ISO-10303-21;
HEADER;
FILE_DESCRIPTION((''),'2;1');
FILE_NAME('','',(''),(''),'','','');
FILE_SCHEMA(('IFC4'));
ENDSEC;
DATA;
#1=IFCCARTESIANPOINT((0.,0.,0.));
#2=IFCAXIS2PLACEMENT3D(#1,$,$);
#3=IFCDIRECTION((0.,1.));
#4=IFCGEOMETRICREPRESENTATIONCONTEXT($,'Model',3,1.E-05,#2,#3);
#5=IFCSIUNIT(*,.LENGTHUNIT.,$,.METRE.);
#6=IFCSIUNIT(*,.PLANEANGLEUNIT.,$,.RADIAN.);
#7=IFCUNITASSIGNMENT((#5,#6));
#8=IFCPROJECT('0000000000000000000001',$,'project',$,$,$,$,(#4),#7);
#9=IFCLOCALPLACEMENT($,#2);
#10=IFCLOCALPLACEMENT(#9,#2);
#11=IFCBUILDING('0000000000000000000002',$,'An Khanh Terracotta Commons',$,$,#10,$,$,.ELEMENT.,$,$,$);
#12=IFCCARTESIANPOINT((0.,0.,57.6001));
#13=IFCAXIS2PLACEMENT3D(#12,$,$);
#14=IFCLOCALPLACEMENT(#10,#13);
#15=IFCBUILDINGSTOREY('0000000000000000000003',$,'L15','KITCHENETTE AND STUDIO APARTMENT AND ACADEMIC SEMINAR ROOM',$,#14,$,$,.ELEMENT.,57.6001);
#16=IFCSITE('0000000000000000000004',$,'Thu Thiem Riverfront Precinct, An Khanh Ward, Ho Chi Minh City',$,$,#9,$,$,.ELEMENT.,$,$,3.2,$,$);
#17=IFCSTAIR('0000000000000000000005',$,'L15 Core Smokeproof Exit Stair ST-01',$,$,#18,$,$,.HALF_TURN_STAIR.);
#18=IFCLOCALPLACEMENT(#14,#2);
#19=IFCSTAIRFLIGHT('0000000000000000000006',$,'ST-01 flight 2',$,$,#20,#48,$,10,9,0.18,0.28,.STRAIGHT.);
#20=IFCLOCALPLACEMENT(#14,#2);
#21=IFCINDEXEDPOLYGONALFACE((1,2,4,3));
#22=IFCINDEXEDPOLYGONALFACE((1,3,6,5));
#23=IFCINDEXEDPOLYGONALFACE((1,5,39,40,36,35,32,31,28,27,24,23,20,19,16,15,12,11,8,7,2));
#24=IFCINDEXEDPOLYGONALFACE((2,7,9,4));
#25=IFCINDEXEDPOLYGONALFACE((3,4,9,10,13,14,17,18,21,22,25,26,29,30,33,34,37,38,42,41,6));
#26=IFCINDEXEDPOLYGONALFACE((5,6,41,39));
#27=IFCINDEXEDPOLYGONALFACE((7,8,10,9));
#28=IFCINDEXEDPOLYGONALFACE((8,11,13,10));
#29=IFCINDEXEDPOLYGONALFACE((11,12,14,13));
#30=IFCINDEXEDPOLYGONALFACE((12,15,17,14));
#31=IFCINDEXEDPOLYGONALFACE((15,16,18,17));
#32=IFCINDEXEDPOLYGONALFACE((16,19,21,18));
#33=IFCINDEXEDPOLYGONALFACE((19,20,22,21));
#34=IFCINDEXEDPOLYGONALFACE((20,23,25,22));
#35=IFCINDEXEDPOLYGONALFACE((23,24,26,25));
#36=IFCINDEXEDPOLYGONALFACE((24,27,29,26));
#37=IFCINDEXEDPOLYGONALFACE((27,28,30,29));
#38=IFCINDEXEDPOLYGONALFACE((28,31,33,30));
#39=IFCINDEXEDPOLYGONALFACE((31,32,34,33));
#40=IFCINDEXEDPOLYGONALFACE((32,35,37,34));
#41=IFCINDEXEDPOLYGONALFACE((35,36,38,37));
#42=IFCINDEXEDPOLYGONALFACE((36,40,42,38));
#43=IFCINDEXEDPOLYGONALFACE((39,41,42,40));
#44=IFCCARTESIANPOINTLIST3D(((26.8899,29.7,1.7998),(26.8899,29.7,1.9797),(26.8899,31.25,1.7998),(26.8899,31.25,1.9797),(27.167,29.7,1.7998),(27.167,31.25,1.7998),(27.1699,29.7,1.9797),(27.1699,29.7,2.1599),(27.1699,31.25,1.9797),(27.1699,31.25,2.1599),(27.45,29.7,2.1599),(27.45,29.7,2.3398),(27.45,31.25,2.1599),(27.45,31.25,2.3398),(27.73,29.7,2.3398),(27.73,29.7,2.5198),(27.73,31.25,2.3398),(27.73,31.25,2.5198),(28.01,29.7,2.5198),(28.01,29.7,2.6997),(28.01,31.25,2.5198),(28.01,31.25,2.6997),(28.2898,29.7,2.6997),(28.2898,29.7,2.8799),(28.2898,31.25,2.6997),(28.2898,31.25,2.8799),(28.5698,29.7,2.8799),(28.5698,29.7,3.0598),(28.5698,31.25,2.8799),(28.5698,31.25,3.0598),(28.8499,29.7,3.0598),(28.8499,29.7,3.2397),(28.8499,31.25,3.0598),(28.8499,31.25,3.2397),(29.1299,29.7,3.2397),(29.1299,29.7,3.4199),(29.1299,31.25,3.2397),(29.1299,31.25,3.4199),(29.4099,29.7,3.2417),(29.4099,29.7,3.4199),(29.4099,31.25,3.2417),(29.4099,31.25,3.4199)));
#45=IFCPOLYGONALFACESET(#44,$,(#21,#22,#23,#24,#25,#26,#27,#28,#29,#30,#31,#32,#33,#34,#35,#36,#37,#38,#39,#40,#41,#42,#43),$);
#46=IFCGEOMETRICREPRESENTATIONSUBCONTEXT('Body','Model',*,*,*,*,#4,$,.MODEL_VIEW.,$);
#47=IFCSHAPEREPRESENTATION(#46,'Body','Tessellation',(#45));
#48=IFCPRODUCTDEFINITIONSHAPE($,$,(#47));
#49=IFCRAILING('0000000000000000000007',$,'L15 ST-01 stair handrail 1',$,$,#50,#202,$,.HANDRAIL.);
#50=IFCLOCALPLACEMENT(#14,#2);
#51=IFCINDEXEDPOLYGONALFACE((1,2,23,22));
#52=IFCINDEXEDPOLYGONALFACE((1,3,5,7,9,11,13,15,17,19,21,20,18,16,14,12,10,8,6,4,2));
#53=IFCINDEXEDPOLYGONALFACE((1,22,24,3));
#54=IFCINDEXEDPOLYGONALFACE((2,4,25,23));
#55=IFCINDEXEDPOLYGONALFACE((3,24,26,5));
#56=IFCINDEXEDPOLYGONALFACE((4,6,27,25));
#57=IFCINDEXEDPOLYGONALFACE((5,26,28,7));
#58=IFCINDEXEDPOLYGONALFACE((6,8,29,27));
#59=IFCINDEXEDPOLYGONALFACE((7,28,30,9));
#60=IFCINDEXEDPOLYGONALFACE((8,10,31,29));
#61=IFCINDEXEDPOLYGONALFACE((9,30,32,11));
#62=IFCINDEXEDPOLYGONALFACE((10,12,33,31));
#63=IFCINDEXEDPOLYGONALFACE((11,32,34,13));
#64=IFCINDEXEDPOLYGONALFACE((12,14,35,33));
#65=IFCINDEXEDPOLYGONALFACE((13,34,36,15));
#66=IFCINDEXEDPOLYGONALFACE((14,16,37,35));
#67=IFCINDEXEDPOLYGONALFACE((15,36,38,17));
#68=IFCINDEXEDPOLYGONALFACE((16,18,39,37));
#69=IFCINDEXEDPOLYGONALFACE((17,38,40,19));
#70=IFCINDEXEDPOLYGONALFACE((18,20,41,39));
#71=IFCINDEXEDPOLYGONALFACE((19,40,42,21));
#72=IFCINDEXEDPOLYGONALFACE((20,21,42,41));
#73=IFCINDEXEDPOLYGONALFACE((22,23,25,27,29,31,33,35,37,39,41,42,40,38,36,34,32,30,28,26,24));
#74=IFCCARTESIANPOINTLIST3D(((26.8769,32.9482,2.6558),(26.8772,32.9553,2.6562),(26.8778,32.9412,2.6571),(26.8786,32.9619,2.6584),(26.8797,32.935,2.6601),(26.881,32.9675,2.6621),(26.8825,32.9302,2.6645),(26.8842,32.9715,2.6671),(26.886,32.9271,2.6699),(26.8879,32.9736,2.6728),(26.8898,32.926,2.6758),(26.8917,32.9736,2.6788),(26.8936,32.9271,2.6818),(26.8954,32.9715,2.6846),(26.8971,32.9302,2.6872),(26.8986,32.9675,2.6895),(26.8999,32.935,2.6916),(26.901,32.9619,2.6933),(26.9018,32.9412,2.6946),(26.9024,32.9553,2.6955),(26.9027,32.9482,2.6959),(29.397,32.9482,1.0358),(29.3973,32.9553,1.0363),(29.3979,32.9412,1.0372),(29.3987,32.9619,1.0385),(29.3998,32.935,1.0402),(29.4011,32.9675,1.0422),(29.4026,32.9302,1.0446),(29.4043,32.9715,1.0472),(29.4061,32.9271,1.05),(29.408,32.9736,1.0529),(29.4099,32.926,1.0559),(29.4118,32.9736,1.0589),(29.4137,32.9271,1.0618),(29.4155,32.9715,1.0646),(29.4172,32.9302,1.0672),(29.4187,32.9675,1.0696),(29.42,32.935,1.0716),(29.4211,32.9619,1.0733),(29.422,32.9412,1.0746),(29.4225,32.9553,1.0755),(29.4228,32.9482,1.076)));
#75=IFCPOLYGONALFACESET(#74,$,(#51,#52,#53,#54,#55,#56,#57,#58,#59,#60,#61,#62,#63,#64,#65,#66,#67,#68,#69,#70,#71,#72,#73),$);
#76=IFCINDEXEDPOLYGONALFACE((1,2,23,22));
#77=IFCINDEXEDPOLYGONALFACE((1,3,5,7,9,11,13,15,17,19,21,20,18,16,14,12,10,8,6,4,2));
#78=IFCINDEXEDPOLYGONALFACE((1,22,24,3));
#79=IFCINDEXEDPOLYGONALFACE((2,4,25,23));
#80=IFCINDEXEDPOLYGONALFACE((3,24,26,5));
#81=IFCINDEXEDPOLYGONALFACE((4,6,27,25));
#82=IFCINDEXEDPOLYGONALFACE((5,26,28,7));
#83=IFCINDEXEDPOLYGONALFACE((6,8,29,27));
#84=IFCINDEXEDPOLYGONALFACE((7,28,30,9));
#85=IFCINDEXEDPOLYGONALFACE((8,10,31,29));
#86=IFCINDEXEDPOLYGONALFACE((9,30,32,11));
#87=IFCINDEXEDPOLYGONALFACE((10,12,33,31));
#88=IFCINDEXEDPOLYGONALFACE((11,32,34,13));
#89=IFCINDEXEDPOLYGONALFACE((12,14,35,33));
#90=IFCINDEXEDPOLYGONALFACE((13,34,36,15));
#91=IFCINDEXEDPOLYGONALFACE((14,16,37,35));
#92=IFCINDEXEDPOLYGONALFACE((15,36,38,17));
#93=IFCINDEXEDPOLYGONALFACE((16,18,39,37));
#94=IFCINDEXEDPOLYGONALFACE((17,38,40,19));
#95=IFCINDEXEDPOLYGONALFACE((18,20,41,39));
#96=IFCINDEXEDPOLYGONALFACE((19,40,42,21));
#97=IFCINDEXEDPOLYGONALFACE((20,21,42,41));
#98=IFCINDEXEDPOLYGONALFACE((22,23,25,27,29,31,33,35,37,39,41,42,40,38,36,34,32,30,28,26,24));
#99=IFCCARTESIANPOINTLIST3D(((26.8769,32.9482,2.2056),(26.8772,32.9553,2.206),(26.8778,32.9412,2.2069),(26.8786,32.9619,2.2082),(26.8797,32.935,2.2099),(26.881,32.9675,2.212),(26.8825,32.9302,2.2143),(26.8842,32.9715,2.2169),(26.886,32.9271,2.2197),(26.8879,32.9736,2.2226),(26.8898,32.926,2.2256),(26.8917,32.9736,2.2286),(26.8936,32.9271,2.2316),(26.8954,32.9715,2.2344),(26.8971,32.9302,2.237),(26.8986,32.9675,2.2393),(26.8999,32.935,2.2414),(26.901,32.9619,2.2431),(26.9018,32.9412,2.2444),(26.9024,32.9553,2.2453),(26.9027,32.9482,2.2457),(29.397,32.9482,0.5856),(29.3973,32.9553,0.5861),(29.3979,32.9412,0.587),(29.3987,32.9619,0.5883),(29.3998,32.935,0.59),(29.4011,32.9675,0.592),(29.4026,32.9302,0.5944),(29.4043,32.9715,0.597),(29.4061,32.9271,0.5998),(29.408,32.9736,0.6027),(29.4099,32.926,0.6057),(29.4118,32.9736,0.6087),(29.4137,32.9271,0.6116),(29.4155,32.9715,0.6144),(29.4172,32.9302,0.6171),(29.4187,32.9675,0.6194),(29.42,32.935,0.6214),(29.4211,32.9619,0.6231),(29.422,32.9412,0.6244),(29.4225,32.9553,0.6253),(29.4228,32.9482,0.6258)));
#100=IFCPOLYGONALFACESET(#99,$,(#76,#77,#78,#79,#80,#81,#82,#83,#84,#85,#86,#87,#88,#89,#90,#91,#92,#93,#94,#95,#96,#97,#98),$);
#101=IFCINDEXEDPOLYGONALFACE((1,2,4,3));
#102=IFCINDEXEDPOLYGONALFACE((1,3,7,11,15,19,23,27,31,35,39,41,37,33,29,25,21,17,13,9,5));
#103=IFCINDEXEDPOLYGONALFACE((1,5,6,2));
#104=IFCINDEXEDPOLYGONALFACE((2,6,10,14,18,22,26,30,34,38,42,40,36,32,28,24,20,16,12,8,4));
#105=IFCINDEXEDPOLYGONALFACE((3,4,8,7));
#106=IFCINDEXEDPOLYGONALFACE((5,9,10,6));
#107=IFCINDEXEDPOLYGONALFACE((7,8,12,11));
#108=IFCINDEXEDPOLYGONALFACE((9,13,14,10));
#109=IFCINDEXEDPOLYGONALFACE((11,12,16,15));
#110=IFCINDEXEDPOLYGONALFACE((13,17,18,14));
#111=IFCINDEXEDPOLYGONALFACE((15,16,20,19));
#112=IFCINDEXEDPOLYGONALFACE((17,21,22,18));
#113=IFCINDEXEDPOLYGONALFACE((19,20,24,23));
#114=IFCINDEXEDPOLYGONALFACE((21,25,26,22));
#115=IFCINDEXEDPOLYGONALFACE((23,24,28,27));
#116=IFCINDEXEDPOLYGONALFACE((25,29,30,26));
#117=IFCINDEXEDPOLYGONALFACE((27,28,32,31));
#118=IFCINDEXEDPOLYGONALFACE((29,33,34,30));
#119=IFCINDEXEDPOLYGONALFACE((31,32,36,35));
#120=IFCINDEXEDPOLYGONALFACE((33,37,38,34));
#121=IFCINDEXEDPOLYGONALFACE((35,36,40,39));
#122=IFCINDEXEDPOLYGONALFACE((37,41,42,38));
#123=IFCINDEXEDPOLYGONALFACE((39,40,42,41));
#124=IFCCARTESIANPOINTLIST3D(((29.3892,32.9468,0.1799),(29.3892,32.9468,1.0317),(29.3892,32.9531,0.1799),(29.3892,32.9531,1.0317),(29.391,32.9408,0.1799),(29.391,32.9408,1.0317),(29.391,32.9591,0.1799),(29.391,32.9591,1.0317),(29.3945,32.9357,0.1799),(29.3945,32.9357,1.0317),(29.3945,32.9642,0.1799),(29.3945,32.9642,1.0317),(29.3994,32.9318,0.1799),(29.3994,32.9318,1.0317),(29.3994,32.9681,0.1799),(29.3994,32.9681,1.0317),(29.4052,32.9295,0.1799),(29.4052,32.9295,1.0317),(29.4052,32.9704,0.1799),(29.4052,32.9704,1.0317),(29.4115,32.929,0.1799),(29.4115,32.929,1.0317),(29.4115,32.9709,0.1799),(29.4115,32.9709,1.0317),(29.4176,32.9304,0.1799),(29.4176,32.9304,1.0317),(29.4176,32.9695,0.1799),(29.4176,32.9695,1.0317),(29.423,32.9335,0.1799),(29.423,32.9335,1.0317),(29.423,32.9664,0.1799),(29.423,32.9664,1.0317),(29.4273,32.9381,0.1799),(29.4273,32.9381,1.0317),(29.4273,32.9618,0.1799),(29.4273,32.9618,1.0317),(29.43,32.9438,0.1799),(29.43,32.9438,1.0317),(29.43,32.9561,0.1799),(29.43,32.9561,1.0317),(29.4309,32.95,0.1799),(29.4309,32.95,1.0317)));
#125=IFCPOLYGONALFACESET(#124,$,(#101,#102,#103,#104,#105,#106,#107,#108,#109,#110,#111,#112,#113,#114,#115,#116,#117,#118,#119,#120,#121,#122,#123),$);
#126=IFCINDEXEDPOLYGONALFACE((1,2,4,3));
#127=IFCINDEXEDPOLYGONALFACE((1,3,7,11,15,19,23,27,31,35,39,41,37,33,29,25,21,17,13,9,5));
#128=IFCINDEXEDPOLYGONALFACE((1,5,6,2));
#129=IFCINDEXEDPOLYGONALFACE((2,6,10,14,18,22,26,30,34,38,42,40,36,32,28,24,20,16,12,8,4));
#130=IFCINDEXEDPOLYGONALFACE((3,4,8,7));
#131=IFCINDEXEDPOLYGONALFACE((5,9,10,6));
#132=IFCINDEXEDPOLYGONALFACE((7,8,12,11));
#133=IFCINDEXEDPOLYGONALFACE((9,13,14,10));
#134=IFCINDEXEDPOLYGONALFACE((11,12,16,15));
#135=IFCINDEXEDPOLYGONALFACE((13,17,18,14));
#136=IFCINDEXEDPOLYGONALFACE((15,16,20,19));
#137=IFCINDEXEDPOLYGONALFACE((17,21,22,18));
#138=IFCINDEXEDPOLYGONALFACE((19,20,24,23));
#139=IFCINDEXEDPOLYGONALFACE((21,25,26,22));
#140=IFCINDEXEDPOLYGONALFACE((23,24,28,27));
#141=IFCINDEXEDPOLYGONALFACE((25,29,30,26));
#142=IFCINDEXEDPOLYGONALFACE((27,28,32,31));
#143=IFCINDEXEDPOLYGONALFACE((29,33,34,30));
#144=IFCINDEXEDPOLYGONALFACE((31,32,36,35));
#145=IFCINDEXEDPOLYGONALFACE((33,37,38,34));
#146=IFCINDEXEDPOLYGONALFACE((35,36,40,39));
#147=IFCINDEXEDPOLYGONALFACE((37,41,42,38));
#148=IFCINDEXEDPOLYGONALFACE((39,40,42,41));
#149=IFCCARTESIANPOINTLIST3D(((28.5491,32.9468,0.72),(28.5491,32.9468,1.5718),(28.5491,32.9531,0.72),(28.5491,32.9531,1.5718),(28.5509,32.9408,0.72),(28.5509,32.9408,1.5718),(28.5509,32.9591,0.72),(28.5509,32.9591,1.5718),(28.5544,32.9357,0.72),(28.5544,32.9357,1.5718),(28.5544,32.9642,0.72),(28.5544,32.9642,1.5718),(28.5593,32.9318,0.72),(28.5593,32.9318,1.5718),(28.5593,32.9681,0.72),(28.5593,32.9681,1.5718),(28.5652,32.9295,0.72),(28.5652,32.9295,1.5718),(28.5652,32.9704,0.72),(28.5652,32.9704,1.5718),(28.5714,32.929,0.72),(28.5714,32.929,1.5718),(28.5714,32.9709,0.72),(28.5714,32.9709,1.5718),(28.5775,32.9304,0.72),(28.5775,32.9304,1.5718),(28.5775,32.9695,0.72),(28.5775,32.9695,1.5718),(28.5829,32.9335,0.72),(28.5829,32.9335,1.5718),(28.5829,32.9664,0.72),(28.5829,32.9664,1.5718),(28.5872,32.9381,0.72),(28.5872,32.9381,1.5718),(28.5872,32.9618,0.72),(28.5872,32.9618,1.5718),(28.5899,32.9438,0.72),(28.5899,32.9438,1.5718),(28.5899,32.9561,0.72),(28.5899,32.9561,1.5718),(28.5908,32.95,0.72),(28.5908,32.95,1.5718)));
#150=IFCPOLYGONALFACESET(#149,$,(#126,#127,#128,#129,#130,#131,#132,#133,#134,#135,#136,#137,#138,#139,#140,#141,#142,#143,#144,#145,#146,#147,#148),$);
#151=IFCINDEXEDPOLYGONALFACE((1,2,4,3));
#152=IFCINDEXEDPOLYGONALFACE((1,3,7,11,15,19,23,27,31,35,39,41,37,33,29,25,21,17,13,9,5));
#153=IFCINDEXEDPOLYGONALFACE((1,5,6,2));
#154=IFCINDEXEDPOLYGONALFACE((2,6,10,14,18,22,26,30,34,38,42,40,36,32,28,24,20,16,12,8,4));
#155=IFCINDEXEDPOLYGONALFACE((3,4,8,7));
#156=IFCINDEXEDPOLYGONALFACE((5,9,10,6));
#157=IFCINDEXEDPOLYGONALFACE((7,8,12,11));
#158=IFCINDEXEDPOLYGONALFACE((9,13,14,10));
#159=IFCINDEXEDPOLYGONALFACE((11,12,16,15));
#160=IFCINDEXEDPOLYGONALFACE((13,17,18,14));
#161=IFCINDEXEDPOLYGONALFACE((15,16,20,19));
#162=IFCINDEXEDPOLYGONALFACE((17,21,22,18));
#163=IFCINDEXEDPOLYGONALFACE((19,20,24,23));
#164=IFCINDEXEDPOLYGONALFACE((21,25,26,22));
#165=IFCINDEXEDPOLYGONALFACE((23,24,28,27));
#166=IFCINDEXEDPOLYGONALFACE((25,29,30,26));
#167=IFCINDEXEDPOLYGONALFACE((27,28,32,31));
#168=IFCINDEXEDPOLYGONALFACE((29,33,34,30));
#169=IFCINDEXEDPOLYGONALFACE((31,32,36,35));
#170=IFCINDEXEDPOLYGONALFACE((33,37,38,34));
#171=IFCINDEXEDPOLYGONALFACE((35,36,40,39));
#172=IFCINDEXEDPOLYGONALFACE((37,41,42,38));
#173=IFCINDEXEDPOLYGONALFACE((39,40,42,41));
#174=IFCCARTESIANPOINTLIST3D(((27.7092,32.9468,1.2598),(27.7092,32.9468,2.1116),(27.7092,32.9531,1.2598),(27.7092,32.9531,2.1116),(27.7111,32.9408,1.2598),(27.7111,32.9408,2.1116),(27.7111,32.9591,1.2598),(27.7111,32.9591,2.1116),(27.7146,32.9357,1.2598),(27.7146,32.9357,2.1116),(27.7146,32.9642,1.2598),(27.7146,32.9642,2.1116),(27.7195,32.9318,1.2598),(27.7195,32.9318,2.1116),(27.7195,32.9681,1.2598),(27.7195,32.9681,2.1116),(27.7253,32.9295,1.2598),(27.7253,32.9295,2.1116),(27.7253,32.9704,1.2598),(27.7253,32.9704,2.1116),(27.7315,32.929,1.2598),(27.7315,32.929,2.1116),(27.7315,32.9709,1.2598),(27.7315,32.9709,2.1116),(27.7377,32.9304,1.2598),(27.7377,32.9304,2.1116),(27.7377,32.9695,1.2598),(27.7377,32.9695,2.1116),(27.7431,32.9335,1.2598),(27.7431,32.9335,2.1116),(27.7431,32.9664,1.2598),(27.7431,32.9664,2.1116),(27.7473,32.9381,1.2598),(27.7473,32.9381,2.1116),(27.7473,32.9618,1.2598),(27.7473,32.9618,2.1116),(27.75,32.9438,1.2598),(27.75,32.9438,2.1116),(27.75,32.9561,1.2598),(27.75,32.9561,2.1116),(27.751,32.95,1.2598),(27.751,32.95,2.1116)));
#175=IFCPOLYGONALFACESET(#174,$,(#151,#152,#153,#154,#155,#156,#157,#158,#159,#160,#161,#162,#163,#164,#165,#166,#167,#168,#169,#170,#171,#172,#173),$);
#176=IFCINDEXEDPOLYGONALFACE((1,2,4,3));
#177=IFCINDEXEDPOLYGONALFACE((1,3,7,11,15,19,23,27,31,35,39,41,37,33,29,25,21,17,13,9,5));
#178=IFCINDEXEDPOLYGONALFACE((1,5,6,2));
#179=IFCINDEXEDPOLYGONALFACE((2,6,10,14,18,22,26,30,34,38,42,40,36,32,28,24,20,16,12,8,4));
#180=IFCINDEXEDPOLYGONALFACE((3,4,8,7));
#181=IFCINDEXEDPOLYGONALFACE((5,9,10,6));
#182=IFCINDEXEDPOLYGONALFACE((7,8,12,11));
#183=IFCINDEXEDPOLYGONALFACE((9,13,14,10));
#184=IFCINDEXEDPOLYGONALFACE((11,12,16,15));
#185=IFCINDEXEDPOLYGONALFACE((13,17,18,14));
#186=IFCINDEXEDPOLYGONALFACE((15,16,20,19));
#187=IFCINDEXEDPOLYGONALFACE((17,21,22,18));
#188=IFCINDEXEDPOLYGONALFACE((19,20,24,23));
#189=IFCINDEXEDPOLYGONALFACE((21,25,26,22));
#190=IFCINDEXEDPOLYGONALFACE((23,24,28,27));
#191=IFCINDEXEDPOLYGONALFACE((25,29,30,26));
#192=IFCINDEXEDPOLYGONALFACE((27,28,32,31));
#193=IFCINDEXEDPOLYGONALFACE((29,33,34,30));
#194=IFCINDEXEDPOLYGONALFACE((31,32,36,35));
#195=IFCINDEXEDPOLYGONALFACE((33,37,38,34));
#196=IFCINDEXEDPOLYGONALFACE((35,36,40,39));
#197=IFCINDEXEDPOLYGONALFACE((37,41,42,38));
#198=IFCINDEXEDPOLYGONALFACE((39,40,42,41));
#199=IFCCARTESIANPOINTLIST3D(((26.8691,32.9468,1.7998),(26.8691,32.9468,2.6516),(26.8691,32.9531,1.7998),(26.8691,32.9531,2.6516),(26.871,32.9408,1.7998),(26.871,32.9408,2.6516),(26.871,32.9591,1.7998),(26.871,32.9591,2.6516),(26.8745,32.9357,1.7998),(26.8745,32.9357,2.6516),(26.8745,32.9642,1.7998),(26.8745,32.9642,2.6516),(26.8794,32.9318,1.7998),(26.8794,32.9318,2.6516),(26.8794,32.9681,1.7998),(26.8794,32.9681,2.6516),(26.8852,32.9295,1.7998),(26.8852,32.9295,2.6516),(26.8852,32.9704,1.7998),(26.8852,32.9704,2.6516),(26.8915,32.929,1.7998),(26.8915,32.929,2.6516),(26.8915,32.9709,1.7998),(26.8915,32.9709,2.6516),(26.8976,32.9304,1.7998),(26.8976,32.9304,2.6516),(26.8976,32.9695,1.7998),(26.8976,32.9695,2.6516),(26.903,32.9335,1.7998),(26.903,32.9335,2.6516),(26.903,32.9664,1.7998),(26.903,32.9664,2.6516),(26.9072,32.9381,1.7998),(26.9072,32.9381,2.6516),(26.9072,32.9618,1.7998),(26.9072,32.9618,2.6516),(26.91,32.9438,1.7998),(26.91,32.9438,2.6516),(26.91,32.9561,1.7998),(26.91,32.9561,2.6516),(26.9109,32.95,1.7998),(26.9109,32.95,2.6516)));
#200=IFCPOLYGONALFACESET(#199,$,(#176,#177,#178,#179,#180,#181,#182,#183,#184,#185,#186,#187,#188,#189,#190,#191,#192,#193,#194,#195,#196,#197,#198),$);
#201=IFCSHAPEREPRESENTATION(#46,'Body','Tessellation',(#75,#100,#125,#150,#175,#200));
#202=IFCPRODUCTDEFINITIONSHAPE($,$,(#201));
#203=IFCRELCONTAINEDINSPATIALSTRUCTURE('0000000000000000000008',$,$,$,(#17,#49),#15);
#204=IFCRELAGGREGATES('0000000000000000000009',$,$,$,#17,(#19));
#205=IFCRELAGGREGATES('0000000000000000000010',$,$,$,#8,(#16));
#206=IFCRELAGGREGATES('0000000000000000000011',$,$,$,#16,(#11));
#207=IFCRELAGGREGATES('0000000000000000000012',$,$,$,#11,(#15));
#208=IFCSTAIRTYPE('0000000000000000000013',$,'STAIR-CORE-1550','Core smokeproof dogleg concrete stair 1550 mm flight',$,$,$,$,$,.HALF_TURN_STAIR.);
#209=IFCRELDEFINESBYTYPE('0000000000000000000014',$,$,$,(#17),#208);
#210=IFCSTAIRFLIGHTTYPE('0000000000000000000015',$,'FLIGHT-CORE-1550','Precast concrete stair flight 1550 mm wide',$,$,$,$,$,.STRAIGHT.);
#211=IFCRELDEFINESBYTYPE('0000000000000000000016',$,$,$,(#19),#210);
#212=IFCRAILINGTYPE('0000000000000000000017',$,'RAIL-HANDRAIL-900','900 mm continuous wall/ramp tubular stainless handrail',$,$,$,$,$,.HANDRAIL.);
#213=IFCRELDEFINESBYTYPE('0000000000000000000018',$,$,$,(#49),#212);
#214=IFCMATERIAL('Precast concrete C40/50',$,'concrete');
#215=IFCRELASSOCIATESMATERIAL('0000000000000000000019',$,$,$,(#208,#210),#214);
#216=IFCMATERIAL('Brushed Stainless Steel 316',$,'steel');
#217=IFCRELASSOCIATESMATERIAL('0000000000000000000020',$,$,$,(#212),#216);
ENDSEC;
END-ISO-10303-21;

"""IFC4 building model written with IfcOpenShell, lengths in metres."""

from ifc_helpers import new_model, si_unit, direction, frame, origin, origin_2d, place, context, subcontext, project, spatial, polyline, circle, outline, extrude, material, type_object, element, aggregate, save


model = new_model("IFC4")

# Units and contexts
model_context = context("Model", 3, precision=1e-05, world=origin(), true_north=direction((0.0, 1.0)))
body_context = subcontext(model_context, "Body", "Model", "MODEL_VIEW")
ifc_project = project(units=[si_unit("LENGTHUNIT", "METRE"), si_unit("PLANEANGLEUNIT", "RADIAN")], contexts=[model_context])

# Site, building, storey
site_placement = place(None, origin())
site = spatial("IfcSite", under=ifc_project, at=site_placement, Name="Thu Thiem Riverfront Precinct, An Khanh Ward, Ho Chi Minh City", CompositionType="ELEMENT", RefElevation=3.2)
building_placement = place(site_placement, origin())
building = spatial("IfcBuilding", under=site, at=building_placement, Name="An Khanh Terracotta Commons", CompositionType="ELEMENT")
storey_placement = place(building_placement, frame((0.0, 0.0, 57.6001)))
storey = spatial("IfcBuildingStorey", under=building, at=storey_placement, Name="L15", Description="KITCHENETTE AND STUDIO APARTMENT AND ACADEMIC SEMINAR ROOM", CompositionType="ELEMENT", Elevation=57.6001)

# Stair, stair flight
ifc_material_1 = material(Name="Precast concrete C40/50", Category="concrete")
stair_type = type_object("IfcStairType", Name="STAIR-CORE-1550", Description="Core smokeproof dogleg concrete stair 1550 mm flight", PredefinedType="HALF_TURN_STAIR", material=ifc_material_1)
stair_placement = place(storey_placement, origin())
stair = element("IfcStair", 1, at=stair_placement, inside=storey, type_object=stair_type, Name="L15 Core Smokeproof Exit Stair ST-01", PredefinedType="HALF_TURN_STAIR")
stair_flight_type = type_object("IfcStairFlightType", Name="FLIGHT-CORE-1550", Description="Precast concrete stair flight 1550 mm wide", PredefinedType="STRAIGHT", material=ifc_material_1)
stair_flight_1_placement = place(storey_placement, frame((26.8899, 30.4751, 1.7998), z_axis=(0.0, 0.0, 1.0), x_axis=(1.0, 0.0, 0.0)))
stair_flight_1 = element("IfcStairFlight", 2, at=stair_flight_1_placement, type_object=stair_flight_type, Name="ST-01 flight 2", NumberOfRisers=10, NumberOfTreads=9, PredefinedType="STRAIGHT", RiserHeight=0.18, TreadLength=0.28, context=body_context, shape_type="SweptSolid", body=[
    extrude(outline(polyline([(0.0, 0.0), (0.0, 0.1799), (0.28, 0.1799), (0.28, 0.3601), (0.5601, 0.3601), (0.5601, 0.54), (0.8401, 0.54), (0.8401, 0.72), (1.1201, 0.72), (1.1201, 0.8999), (1.3999, 0.8999), (1.3999, 1.0801), (1.6799, 1.0801), (1.6799, 1.26), (1.96, 1.26), (1.96, 1.4399), (2.24, 1.4399), (2.24, 1.6201), (2.52, 1.6201), (2.52, 1.8), (2.52, 1.4419), (0.2771, 0.0), (0.0, 0.0)])), frame((0.0, 0.7749, 0.0), z_axis=(0.0, -1.0, 0.0), x_axis=(1.0, 0.0, 0.0)), (0.0, 0.0, 1.0), 1.55),
])
aggregate(stair, [stair_flight_1])

# Railing
ifc_material_2 = material(Name="Brushed Stainless Steel 316", Category="steel")
railing_type_1 = type_object("IfcRailingType", Name="RAIL-HANDRAIL-900", Description="900 mm continuous wall/ramp tubular stainless handrail", PredefinedType="HANDRAIL", material=ifc_material_2)
railing_1_placement = place(storey_placement, frame((29.4099, 32.95, 0.1799)))
element("IfcRailing", 3, at=railing_1_placement, inside=storey, type_object=railing_type_1, Name="L15 ST-01 stair handrail 1", PredefinedType="HANDRAIL", context=body_context, shape_type="SweptSolid", body=[
    extrude(circle(Radius=0.0239, at=origin_2d()), frame((0.0, 0.0, 0.876), z_axis=(-0.8412, 0.0, 0.540725), x_axis=(0.0, -1.0, 0.0)), (0.0, 0.0, 1.0), 2.9958),
    extrude(circle(Radius=0.0239, at=origin_2d()), frame((0.0, 0.0, 0.4258), z_axis=(-0.8412, 0.0, 0.540725), x_axis=(0.0, -1.0, 0.0)), (0.0, 0.0, 1.0), 2.9958),
    extrude(circle(Radius=0.021, at=origin_2d()), origin(), (0.0, 0.0, 1.0), 0.8518),
    extrude(circle(Radius=0.021, at=origin_2d()), frame((-0.8401, 0.0, 0.54)), (0.0, 0.0, 1.0), 0.8518),
    extrude(circle(Radius=0.021, at=origin_2d()), frame((-1.6799, 0.0, 1.0798)), (0.0, 0.0, 1.0), 0.8518),
    extrude(circle(Radius=0.021, at=origin_2d()), frame((-2.52, 0.0, 1.6199)), (0.0, 0.0, 1.0), 0.8518),
])

save(model, "model.ifc")
